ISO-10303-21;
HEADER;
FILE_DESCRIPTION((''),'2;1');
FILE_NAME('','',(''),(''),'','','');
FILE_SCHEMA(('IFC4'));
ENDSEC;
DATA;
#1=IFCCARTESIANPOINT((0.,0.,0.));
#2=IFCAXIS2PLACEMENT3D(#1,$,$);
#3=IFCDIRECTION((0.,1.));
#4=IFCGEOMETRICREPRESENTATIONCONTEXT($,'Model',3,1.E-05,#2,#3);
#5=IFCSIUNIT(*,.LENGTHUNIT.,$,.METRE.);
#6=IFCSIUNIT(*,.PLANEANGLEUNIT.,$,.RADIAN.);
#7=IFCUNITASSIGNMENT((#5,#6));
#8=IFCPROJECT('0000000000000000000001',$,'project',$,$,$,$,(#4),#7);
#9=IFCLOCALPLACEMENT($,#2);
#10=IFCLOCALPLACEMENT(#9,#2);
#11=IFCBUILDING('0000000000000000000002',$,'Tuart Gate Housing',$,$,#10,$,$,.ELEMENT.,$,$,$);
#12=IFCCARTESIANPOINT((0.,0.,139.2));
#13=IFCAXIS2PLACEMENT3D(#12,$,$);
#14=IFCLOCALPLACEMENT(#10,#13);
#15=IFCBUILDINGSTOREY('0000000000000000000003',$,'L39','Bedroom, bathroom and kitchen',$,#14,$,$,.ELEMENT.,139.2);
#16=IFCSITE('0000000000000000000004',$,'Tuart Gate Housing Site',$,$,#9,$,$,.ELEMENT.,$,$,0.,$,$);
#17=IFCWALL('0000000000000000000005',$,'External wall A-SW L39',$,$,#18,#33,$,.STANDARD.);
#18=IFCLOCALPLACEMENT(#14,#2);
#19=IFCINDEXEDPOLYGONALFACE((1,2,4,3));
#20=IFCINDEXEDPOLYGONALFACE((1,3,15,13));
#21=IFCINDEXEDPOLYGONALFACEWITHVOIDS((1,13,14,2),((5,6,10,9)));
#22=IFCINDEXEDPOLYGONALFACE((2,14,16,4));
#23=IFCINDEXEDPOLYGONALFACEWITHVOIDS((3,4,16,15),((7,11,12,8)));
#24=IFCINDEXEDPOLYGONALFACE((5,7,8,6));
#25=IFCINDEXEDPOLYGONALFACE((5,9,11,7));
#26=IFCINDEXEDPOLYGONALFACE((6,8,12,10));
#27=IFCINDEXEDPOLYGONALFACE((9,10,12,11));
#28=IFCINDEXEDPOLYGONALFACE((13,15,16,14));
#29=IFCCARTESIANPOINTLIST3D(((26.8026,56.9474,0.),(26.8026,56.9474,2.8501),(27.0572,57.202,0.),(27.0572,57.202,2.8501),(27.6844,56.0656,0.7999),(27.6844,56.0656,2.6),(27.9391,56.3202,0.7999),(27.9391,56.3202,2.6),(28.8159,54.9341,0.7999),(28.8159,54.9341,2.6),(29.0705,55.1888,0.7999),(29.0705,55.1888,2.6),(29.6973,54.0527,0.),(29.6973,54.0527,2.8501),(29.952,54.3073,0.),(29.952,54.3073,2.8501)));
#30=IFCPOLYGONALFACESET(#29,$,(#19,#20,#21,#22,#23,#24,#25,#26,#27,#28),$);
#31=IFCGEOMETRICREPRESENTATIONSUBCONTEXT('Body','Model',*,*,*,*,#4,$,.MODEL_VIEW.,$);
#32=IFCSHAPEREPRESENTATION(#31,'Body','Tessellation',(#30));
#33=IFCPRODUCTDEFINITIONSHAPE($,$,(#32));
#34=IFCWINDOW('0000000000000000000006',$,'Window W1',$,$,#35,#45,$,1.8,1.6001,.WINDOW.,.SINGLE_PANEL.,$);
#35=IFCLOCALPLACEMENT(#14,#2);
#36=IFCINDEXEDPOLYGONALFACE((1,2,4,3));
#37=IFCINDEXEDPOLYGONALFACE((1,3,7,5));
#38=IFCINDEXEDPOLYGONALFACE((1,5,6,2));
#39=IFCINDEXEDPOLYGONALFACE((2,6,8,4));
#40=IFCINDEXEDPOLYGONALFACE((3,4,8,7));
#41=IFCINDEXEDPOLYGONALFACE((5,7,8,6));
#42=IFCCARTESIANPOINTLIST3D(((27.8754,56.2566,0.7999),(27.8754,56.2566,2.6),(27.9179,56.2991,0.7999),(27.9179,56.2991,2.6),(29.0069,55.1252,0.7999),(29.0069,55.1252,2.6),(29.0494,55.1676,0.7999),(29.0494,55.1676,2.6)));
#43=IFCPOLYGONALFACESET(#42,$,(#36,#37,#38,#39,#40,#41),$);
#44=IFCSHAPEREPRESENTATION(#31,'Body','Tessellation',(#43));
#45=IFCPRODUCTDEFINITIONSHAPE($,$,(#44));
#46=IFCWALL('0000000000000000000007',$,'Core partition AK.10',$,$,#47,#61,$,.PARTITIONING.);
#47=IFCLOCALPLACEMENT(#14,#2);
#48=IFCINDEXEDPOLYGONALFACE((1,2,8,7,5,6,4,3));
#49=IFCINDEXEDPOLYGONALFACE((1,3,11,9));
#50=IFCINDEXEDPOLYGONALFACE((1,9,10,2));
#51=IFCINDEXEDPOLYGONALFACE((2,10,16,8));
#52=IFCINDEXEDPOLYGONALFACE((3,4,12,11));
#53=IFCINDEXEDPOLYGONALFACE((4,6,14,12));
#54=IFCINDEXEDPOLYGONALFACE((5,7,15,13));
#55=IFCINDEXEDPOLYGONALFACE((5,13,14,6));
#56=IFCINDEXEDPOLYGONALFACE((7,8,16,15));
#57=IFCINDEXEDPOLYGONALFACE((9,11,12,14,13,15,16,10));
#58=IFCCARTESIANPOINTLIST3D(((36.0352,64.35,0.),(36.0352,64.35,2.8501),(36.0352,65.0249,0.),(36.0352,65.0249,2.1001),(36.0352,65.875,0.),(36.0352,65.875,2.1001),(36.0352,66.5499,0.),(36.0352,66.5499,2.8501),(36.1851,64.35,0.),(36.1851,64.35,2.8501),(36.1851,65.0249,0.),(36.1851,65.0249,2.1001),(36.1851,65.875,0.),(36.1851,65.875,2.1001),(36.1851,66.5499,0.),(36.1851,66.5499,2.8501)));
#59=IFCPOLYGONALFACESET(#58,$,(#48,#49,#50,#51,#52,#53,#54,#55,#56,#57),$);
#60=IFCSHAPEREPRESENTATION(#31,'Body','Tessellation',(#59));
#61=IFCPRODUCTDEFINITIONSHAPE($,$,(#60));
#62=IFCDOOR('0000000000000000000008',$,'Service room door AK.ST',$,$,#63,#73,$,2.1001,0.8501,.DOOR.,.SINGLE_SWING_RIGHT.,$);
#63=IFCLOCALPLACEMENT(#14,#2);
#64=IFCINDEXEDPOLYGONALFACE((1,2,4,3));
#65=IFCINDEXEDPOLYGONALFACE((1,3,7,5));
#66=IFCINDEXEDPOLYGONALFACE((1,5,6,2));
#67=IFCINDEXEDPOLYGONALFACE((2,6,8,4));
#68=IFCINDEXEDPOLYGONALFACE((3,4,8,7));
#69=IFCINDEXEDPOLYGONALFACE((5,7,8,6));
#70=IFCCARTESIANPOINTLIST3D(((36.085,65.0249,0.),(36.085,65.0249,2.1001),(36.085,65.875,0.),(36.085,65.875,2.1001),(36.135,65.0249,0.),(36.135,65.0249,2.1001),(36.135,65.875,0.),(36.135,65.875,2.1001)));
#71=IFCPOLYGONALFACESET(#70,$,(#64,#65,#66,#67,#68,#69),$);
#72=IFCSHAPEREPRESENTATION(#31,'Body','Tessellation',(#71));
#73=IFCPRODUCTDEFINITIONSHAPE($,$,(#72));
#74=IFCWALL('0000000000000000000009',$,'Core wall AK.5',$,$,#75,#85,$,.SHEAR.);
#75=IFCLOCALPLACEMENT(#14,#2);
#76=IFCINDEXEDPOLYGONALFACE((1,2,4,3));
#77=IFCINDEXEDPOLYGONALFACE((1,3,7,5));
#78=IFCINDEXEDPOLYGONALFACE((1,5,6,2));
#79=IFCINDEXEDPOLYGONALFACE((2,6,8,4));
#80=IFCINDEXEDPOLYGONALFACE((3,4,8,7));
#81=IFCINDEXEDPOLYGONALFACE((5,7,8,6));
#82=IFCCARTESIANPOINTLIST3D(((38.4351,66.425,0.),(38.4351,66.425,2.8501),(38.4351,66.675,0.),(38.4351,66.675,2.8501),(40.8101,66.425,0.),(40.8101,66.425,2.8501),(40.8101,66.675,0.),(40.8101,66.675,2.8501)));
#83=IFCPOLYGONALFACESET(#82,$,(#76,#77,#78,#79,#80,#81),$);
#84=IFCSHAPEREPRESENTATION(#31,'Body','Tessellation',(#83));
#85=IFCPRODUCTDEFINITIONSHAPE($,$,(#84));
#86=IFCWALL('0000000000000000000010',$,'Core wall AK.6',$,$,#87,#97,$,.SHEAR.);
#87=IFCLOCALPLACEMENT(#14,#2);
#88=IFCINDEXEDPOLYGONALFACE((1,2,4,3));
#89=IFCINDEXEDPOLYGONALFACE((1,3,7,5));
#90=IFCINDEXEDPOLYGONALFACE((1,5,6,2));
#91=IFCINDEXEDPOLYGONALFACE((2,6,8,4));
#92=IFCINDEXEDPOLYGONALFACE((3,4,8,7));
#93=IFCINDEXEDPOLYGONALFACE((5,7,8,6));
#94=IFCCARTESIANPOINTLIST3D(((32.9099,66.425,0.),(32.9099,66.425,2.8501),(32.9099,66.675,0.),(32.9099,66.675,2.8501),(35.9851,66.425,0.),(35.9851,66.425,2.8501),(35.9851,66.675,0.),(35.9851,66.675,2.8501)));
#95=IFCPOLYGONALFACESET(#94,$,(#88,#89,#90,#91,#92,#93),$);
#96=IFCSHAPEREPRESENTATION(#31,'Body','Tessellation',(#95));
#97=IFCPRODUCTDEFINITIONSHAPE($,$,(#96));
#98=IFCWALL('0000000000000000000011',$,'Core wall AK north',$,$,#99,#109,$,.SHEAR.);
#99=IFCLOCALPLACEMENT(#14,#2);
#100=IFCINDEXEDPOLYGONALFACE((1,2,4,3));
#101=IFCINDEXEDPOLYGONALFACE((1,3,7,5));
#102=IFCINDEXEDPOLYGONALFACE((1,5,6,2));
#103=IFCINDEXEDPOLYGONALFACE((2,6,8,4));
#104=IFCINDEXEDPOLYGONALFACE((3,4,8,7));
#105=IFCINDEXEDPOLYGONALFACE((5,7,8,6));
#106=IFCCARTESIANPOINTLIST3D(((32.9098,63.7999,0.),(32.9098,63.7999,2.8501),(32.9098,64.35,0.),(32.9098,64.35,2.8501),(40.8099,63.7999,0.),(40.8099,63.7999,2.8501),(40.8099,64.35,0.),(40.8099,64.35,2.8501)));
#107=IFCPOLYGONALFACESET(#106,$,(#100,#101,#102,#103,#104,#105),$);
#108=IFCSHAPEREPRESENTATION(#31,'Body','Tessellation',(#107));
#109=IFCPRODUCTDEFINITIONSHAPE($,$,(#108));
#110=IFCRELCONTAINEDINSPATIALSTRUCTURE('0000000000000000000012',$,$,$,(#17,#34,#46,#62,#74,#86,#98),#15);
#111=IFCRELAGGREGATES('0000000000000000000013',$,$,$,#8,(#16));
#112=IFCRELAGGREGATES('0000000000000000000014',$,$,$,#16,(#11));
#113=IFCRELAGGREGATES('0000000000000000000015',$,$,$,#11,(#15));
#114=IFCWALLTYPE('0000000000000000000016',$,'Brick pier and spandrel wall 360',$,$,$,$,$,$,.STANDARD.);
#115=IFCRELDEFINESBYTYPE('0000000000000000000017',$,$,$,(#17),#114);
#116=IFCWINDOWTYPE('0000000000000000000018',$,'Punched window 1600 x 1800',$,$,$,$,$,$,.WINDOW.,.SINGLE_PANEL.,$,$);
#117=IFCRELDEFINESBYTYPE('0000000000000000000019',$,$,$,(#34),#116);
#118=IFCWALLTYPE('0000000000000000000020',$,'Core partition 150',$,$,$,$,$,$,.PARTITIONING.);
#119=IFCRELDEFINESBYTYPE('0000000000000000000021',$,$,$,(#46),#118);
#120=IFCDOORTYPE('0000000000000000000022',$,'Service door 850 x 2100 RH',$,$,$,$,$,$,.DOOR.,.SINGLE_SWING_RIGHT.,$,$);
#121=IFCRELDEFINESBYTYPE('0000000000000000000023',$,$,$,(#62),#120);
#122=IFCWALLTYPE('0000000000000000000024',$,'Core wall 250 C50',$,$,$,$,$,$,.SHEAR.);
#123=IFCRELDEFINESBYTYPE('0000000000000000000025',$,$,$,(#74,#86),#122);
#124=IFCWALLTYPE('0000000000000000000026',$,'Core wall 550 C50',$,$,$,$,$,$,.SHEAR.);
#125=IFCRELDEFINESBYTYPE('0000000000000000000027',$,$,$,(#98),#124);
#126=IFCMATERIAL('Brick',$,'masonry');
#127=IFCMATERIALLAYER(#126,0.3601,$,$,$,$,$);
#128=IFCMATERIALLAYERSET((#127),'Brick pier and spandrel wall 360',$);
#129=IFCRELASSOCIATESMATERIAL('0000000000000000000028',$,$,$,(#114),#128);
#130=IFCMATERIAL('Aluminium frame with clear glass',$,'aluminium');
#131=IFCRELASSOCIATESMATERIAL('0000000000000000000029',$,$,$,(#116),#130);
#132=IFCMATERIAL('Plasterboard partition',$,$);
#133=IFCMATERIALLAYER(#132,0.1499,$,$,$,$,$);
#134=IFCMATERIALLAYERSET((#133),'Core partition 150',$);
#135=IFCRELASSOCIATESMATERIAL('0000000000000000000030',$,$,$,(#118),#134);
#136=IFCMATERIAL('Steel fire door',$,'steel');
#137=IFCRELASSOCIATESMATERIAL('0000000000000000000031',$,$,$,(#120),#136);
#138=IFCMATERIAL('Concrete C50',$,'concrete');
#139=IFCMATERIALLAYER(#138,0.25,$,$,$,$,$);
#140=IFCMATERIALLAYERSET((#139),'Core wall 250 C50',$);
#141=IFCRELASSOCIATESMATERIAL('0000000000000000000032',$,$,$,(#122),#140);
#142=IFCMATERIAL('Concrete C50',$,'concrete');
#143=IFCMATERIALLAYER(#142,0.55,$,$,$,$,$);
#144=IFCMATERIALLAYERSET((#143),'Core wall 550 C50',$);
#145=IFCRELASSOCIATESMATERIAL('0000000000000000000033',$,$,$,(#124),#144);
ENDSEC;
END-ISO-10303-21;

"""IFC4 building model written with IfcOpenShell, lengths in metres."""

from ifc_helpers import new_model, si_unit, direction, frame, frame_2d, origin, place, context, subcontext, project, spatial, rectangle, extrude, material, layer, layer_set, type_object, element, fill, save


model = new_model("IFC4")

# Units and contexts
model_context = context("Model", 3, precision=1e-05, world=origin(), true_north=direction((0.0, 1.0)))
body_context = subcontext(model_context, "Body", "Model", "MODEL_VIEW")
ifc_project = project(units=[si_unit("LENGTHUNIT", "METRE"), si_unit("PLANEANGLEUNIT", "RADIAN")], contexts=[model_context])

# Site, building, storey
site_placement = place(None, origin())
site = spatial("IfcSite", under=ifc_project, at=site_placement, Name="Tuart Gate Housing Site", CompositionType="ELEMENT", RefElevation=0.0)
building_placement = place(site_placement, origin())
building = spatial("IfcBuilding", under=site, at=building_placement, Name="Tuart Gate Housing", CompositionType="ELEMENT")
storey_placement = place(building_placement, frame((0.0, 0.0, 139.2)))
storey = spatial("IfcBuildingStorey", under=building, at=storey_placement, Name="L39", Description="Bedroom, bathroom and kitchen", CompositionType="ELEMENT", Elevation=139.2)

# Wall, opening, window
ifc_material_1 = material(Name="Brick", Category="masonry")
ifc_layer_1 = layer(ifc_material_1, 0.3601)
ifc_layer_set_1 = layer_set([ifc_layer_1], Name="Brick pier and spandrel wall 360")
wall_type_1 = type_object("IfcWallType", Name="Brick pier and spandrel wall 360", PredefinedType="STANDARD", material=ifc_layer_set_1)
wall_1_placement = place(storey_placement, frame((26.9299, 57.0747, 0.0), z_axis=(0.0, 0.0, 1.0), x_axis=(0.707107, -0.707107, 0.0)))
wall_1 = element("IfcWall", 1, at=wall_1_placement, inside=storey, type_object=wall_type_1, Name="External wall A-SW L39", PredefinedType="STANDARD", context=body_context, shape_type="SweptSolid", body=[
    extrude(rectangle(XDim=4.0938, YDim=0.3601, at=frame_2d((2.0469, 0.0))), origin(), (0.0, 0.0, 1.0), 2.8501),
])
opening_1_placement = place(wall_1_placement, frame((1.2471, 0.0, 0.8)))
opening_1 = element("IfcOpeningElement", 2, at=opening_1_placement, cuts=wall_1, PredefinedType="OPENING", context=body_context, shape_type="SweptSolid", body=[
    extrude(rectangle(XDim=1.6001, YDim=1.8, at=frame_2d((0.8, 0.8999))), frame((0.0, 0.1899, 0.0), z_axis=(0.0, -1.0, 0.0), x_axis=(1.0, 0.0, 0.0)), (0.0, 0.0, 1.0), 0.3801),
])
ifc_material_2 = material(Name="Aluminium frame with clear glass", Category="aluminium")
window_type = type_object("IfcWindowType", Name="Punched window 1600 x 1800", PartitioningType="SINGLE_PANEL", PredefinedType="WINDOW", material=ifc_material_2)
window_placement = place(opening_1_placement, origin())
window = element("IfcWindow", 3, at=window_placement, inside=storey, type_object=window_type, Name="Window W1", OverallHeight=1.8, OverallWidth=1.6001, PartitioningType="SINGLE_PANEL", PredefinedType="WINDOW", context=body_context, shape_type="SweptSolid", body=[
    extrude(rectangle(XDim=1.6001, YDim=1.8, at=frame_2d((0.8, 0.8999))), frame((0.0, 0.1501, 0.0), z_axis=(0.0, -1.0, 0.0), x_axis=(1.0, 0.0, 0.0)), (0.0, 0.0, 1.0), 0.0601),
])
fill(opening_1, window)

# Wall, opening, door
ifc_material_3 = material(Name="Plasterboard partition")
ifc_layer_2 = layer(ifc_material_3, 0.1499)
ifc_layer_set_2 = layer_set([ifc_layer_2], Name="Core partition 150")
wall_type_2 = type_object("IfcWallType", Name="Core partition 150", PredefinedType="PARTITIONING", material=ifc_layer_set_2)
wall_2_placement = place(storey_placement, frame((36.1101, 66.55, 0.0), z_axis=(0.0, 0.0, 1.0), x_axis=(0.0, -1.0, 0.0)))
wall_2 = element("IfcWall", 4, at=wall_2_placement, inside=storey, type_object=wall_type_2, Name="Core partition AK.10", PredefinedType="PARTITIONING", context=body_context, shape_type="SweptSolid", body=[
    extrude(rectangle(XDim=2.2, YDim=0.1499, at=frame_2d((1.1001, 0.0))), origin(), (0.0, 0.0, 1.0), 2.8501),
])
opening_2_placement = place(wall_2_placement, frame((0.675, 0.0, 0.0)))
opening_2 = element("IfcOpeningElement", 5, at=opening_2_placement, cuts=wall_2, PredefinedType="OPENING", context=body_context, shape_type="SweptSolid", body=[
    extrude(rectangle(XDim=0.8501, YDim=2.1001, at=frame_2d((0.425, 1.05))), frame((0.0, 0.085, 0.0), z_axis=(0.0, -1.0, 0.0), x_axis=(1.0, 0.0, 0.0)), (0.0, 0.0, 1.0), 0.1699),
])
ifc_material_4 = material(Name="Steel fire door", Category="steel")
door_type_1 = type_object("IfcDoorType", Name="Service door 850 x 2100 RH", OperationType="SINGLE_SWING_RIGHT", PredefinedType="DOOR", material=ifc_material_4)
door_1_placement = place(opening_2_placement, frame((0.8501, 0.0, 0.0), z_axis=(0.0, 0.0, 1.0), x_axis=(-1.0, 0.0, 0.0)))
door_1 = element("IfcDoor", 6, at=door_1_placement, inside=storey, type_object=door_type_1, Name="Service room door AK.ST", OperationType="SINGLE_SWING_RIGHT", OverallHeight=2.1001, OverallWidth=0.8501, PredefinedType="DOOR", context=body_context, shape_type="SweptSolid", body=[
    extrude(rectangle(XDim=0.8501, YDim=2.1001, at=frame_2d((0.425, 1.05))), frame((0.0, 0.0251, 0.0), z_axis=(0.0, -1.0, 0.0), x_axis=(1.0, 0.0, 0.0)), (0.0, 0.0, 1.0), 0.05),
])
fill(opening_2, door_1)

# Walls
ifc_material_5 = material(Name="Concrete C50", Category="concrete")
ifc_layer_3 = layer(ifc_material_5, 0.25)
ifc_layer_set_3 = layer_set([ifc_layer_3], Name="Core wall 250 C50")
wall_type_3 = type_object("IfcWallType", Name="Core wall 250 C50", PredefinedType="SHEAR", material=ifc_layer_set_3)
wall_3_placement = place(storey_placement, frame((40.8101, 66.55, 0.0), z_axis=(0.0, 0.0, 1.0), x_axis=(-1.0, 0.0, 0.0)))
element("IfcWall", 7, at=wall_3_placement, inside=storey, type_object=wall_type_3, Name="Core wall AK.5", PredefinedType="SHEAR", context=body_context, shape_type="SweptSolid", body=[
    extrude(rectangle(XDim=2.375, YDim=0.25, at=frame_2d((1.1875, 0.0))), origin(), (0.0, 0.0, 1.0), 2.8501),
])
wall_4_placement = place(storey_placement, frame((35.9851, 66.55, 0.0), z_axis=(0.0, 0.0, 1.0), x_axis=(-1.0, 0.0, 0.0)))
element("IfcWall", 8, at=wall_4_placement, inside=storey, type_object=wall_type_3, Name="Core wall AK.6", PredefinedType="SHEAR", context=body_context, shape_type="SweptSolid", body=[
    extrude(rectangle(XDim=3.0752, YDim=0.25, at=frame_2d((1.5376, 0.0))), origin(), (0.0, 0.0, 1.0), 2.8501),
])
ifc_material_6 = material(Name="Concrete C50", Category="concrete")
ifc_layer_4 = layer(ifc_material_6, 0.55)
ifc_layer_set_4 = layer_set([ifc_layer_4], Name="Core wall 550 C50")
wall_type_4 = type_object("IfcWallType", Name="Core wall 550 C50", PredefinedType="SHEAR", material=ifc_layer_set_4)
wall_5_placement = place(storey_placement, frame((40.8101, 64.075, 0.0), z_axis=(0.0, 0.0, 1.0), x_axis=(-1.0, 0.0, 0.0)))
element("IfcWall", 9, at=wall_5_placement, inside=storey, type_object=wall_type_4, Name="Core wall AK north", PredefinedType="SHEAR", context=body_context, shape_type="SweptSolid", body=[
    extrude(rectangle(XDim=7.9001, YDim=0.55, at=frame_2d((3.9502, 0.0))), origin(), (0.0, 0.0, 1.0), 2.8501),
])

save(model, "model.ifc")
